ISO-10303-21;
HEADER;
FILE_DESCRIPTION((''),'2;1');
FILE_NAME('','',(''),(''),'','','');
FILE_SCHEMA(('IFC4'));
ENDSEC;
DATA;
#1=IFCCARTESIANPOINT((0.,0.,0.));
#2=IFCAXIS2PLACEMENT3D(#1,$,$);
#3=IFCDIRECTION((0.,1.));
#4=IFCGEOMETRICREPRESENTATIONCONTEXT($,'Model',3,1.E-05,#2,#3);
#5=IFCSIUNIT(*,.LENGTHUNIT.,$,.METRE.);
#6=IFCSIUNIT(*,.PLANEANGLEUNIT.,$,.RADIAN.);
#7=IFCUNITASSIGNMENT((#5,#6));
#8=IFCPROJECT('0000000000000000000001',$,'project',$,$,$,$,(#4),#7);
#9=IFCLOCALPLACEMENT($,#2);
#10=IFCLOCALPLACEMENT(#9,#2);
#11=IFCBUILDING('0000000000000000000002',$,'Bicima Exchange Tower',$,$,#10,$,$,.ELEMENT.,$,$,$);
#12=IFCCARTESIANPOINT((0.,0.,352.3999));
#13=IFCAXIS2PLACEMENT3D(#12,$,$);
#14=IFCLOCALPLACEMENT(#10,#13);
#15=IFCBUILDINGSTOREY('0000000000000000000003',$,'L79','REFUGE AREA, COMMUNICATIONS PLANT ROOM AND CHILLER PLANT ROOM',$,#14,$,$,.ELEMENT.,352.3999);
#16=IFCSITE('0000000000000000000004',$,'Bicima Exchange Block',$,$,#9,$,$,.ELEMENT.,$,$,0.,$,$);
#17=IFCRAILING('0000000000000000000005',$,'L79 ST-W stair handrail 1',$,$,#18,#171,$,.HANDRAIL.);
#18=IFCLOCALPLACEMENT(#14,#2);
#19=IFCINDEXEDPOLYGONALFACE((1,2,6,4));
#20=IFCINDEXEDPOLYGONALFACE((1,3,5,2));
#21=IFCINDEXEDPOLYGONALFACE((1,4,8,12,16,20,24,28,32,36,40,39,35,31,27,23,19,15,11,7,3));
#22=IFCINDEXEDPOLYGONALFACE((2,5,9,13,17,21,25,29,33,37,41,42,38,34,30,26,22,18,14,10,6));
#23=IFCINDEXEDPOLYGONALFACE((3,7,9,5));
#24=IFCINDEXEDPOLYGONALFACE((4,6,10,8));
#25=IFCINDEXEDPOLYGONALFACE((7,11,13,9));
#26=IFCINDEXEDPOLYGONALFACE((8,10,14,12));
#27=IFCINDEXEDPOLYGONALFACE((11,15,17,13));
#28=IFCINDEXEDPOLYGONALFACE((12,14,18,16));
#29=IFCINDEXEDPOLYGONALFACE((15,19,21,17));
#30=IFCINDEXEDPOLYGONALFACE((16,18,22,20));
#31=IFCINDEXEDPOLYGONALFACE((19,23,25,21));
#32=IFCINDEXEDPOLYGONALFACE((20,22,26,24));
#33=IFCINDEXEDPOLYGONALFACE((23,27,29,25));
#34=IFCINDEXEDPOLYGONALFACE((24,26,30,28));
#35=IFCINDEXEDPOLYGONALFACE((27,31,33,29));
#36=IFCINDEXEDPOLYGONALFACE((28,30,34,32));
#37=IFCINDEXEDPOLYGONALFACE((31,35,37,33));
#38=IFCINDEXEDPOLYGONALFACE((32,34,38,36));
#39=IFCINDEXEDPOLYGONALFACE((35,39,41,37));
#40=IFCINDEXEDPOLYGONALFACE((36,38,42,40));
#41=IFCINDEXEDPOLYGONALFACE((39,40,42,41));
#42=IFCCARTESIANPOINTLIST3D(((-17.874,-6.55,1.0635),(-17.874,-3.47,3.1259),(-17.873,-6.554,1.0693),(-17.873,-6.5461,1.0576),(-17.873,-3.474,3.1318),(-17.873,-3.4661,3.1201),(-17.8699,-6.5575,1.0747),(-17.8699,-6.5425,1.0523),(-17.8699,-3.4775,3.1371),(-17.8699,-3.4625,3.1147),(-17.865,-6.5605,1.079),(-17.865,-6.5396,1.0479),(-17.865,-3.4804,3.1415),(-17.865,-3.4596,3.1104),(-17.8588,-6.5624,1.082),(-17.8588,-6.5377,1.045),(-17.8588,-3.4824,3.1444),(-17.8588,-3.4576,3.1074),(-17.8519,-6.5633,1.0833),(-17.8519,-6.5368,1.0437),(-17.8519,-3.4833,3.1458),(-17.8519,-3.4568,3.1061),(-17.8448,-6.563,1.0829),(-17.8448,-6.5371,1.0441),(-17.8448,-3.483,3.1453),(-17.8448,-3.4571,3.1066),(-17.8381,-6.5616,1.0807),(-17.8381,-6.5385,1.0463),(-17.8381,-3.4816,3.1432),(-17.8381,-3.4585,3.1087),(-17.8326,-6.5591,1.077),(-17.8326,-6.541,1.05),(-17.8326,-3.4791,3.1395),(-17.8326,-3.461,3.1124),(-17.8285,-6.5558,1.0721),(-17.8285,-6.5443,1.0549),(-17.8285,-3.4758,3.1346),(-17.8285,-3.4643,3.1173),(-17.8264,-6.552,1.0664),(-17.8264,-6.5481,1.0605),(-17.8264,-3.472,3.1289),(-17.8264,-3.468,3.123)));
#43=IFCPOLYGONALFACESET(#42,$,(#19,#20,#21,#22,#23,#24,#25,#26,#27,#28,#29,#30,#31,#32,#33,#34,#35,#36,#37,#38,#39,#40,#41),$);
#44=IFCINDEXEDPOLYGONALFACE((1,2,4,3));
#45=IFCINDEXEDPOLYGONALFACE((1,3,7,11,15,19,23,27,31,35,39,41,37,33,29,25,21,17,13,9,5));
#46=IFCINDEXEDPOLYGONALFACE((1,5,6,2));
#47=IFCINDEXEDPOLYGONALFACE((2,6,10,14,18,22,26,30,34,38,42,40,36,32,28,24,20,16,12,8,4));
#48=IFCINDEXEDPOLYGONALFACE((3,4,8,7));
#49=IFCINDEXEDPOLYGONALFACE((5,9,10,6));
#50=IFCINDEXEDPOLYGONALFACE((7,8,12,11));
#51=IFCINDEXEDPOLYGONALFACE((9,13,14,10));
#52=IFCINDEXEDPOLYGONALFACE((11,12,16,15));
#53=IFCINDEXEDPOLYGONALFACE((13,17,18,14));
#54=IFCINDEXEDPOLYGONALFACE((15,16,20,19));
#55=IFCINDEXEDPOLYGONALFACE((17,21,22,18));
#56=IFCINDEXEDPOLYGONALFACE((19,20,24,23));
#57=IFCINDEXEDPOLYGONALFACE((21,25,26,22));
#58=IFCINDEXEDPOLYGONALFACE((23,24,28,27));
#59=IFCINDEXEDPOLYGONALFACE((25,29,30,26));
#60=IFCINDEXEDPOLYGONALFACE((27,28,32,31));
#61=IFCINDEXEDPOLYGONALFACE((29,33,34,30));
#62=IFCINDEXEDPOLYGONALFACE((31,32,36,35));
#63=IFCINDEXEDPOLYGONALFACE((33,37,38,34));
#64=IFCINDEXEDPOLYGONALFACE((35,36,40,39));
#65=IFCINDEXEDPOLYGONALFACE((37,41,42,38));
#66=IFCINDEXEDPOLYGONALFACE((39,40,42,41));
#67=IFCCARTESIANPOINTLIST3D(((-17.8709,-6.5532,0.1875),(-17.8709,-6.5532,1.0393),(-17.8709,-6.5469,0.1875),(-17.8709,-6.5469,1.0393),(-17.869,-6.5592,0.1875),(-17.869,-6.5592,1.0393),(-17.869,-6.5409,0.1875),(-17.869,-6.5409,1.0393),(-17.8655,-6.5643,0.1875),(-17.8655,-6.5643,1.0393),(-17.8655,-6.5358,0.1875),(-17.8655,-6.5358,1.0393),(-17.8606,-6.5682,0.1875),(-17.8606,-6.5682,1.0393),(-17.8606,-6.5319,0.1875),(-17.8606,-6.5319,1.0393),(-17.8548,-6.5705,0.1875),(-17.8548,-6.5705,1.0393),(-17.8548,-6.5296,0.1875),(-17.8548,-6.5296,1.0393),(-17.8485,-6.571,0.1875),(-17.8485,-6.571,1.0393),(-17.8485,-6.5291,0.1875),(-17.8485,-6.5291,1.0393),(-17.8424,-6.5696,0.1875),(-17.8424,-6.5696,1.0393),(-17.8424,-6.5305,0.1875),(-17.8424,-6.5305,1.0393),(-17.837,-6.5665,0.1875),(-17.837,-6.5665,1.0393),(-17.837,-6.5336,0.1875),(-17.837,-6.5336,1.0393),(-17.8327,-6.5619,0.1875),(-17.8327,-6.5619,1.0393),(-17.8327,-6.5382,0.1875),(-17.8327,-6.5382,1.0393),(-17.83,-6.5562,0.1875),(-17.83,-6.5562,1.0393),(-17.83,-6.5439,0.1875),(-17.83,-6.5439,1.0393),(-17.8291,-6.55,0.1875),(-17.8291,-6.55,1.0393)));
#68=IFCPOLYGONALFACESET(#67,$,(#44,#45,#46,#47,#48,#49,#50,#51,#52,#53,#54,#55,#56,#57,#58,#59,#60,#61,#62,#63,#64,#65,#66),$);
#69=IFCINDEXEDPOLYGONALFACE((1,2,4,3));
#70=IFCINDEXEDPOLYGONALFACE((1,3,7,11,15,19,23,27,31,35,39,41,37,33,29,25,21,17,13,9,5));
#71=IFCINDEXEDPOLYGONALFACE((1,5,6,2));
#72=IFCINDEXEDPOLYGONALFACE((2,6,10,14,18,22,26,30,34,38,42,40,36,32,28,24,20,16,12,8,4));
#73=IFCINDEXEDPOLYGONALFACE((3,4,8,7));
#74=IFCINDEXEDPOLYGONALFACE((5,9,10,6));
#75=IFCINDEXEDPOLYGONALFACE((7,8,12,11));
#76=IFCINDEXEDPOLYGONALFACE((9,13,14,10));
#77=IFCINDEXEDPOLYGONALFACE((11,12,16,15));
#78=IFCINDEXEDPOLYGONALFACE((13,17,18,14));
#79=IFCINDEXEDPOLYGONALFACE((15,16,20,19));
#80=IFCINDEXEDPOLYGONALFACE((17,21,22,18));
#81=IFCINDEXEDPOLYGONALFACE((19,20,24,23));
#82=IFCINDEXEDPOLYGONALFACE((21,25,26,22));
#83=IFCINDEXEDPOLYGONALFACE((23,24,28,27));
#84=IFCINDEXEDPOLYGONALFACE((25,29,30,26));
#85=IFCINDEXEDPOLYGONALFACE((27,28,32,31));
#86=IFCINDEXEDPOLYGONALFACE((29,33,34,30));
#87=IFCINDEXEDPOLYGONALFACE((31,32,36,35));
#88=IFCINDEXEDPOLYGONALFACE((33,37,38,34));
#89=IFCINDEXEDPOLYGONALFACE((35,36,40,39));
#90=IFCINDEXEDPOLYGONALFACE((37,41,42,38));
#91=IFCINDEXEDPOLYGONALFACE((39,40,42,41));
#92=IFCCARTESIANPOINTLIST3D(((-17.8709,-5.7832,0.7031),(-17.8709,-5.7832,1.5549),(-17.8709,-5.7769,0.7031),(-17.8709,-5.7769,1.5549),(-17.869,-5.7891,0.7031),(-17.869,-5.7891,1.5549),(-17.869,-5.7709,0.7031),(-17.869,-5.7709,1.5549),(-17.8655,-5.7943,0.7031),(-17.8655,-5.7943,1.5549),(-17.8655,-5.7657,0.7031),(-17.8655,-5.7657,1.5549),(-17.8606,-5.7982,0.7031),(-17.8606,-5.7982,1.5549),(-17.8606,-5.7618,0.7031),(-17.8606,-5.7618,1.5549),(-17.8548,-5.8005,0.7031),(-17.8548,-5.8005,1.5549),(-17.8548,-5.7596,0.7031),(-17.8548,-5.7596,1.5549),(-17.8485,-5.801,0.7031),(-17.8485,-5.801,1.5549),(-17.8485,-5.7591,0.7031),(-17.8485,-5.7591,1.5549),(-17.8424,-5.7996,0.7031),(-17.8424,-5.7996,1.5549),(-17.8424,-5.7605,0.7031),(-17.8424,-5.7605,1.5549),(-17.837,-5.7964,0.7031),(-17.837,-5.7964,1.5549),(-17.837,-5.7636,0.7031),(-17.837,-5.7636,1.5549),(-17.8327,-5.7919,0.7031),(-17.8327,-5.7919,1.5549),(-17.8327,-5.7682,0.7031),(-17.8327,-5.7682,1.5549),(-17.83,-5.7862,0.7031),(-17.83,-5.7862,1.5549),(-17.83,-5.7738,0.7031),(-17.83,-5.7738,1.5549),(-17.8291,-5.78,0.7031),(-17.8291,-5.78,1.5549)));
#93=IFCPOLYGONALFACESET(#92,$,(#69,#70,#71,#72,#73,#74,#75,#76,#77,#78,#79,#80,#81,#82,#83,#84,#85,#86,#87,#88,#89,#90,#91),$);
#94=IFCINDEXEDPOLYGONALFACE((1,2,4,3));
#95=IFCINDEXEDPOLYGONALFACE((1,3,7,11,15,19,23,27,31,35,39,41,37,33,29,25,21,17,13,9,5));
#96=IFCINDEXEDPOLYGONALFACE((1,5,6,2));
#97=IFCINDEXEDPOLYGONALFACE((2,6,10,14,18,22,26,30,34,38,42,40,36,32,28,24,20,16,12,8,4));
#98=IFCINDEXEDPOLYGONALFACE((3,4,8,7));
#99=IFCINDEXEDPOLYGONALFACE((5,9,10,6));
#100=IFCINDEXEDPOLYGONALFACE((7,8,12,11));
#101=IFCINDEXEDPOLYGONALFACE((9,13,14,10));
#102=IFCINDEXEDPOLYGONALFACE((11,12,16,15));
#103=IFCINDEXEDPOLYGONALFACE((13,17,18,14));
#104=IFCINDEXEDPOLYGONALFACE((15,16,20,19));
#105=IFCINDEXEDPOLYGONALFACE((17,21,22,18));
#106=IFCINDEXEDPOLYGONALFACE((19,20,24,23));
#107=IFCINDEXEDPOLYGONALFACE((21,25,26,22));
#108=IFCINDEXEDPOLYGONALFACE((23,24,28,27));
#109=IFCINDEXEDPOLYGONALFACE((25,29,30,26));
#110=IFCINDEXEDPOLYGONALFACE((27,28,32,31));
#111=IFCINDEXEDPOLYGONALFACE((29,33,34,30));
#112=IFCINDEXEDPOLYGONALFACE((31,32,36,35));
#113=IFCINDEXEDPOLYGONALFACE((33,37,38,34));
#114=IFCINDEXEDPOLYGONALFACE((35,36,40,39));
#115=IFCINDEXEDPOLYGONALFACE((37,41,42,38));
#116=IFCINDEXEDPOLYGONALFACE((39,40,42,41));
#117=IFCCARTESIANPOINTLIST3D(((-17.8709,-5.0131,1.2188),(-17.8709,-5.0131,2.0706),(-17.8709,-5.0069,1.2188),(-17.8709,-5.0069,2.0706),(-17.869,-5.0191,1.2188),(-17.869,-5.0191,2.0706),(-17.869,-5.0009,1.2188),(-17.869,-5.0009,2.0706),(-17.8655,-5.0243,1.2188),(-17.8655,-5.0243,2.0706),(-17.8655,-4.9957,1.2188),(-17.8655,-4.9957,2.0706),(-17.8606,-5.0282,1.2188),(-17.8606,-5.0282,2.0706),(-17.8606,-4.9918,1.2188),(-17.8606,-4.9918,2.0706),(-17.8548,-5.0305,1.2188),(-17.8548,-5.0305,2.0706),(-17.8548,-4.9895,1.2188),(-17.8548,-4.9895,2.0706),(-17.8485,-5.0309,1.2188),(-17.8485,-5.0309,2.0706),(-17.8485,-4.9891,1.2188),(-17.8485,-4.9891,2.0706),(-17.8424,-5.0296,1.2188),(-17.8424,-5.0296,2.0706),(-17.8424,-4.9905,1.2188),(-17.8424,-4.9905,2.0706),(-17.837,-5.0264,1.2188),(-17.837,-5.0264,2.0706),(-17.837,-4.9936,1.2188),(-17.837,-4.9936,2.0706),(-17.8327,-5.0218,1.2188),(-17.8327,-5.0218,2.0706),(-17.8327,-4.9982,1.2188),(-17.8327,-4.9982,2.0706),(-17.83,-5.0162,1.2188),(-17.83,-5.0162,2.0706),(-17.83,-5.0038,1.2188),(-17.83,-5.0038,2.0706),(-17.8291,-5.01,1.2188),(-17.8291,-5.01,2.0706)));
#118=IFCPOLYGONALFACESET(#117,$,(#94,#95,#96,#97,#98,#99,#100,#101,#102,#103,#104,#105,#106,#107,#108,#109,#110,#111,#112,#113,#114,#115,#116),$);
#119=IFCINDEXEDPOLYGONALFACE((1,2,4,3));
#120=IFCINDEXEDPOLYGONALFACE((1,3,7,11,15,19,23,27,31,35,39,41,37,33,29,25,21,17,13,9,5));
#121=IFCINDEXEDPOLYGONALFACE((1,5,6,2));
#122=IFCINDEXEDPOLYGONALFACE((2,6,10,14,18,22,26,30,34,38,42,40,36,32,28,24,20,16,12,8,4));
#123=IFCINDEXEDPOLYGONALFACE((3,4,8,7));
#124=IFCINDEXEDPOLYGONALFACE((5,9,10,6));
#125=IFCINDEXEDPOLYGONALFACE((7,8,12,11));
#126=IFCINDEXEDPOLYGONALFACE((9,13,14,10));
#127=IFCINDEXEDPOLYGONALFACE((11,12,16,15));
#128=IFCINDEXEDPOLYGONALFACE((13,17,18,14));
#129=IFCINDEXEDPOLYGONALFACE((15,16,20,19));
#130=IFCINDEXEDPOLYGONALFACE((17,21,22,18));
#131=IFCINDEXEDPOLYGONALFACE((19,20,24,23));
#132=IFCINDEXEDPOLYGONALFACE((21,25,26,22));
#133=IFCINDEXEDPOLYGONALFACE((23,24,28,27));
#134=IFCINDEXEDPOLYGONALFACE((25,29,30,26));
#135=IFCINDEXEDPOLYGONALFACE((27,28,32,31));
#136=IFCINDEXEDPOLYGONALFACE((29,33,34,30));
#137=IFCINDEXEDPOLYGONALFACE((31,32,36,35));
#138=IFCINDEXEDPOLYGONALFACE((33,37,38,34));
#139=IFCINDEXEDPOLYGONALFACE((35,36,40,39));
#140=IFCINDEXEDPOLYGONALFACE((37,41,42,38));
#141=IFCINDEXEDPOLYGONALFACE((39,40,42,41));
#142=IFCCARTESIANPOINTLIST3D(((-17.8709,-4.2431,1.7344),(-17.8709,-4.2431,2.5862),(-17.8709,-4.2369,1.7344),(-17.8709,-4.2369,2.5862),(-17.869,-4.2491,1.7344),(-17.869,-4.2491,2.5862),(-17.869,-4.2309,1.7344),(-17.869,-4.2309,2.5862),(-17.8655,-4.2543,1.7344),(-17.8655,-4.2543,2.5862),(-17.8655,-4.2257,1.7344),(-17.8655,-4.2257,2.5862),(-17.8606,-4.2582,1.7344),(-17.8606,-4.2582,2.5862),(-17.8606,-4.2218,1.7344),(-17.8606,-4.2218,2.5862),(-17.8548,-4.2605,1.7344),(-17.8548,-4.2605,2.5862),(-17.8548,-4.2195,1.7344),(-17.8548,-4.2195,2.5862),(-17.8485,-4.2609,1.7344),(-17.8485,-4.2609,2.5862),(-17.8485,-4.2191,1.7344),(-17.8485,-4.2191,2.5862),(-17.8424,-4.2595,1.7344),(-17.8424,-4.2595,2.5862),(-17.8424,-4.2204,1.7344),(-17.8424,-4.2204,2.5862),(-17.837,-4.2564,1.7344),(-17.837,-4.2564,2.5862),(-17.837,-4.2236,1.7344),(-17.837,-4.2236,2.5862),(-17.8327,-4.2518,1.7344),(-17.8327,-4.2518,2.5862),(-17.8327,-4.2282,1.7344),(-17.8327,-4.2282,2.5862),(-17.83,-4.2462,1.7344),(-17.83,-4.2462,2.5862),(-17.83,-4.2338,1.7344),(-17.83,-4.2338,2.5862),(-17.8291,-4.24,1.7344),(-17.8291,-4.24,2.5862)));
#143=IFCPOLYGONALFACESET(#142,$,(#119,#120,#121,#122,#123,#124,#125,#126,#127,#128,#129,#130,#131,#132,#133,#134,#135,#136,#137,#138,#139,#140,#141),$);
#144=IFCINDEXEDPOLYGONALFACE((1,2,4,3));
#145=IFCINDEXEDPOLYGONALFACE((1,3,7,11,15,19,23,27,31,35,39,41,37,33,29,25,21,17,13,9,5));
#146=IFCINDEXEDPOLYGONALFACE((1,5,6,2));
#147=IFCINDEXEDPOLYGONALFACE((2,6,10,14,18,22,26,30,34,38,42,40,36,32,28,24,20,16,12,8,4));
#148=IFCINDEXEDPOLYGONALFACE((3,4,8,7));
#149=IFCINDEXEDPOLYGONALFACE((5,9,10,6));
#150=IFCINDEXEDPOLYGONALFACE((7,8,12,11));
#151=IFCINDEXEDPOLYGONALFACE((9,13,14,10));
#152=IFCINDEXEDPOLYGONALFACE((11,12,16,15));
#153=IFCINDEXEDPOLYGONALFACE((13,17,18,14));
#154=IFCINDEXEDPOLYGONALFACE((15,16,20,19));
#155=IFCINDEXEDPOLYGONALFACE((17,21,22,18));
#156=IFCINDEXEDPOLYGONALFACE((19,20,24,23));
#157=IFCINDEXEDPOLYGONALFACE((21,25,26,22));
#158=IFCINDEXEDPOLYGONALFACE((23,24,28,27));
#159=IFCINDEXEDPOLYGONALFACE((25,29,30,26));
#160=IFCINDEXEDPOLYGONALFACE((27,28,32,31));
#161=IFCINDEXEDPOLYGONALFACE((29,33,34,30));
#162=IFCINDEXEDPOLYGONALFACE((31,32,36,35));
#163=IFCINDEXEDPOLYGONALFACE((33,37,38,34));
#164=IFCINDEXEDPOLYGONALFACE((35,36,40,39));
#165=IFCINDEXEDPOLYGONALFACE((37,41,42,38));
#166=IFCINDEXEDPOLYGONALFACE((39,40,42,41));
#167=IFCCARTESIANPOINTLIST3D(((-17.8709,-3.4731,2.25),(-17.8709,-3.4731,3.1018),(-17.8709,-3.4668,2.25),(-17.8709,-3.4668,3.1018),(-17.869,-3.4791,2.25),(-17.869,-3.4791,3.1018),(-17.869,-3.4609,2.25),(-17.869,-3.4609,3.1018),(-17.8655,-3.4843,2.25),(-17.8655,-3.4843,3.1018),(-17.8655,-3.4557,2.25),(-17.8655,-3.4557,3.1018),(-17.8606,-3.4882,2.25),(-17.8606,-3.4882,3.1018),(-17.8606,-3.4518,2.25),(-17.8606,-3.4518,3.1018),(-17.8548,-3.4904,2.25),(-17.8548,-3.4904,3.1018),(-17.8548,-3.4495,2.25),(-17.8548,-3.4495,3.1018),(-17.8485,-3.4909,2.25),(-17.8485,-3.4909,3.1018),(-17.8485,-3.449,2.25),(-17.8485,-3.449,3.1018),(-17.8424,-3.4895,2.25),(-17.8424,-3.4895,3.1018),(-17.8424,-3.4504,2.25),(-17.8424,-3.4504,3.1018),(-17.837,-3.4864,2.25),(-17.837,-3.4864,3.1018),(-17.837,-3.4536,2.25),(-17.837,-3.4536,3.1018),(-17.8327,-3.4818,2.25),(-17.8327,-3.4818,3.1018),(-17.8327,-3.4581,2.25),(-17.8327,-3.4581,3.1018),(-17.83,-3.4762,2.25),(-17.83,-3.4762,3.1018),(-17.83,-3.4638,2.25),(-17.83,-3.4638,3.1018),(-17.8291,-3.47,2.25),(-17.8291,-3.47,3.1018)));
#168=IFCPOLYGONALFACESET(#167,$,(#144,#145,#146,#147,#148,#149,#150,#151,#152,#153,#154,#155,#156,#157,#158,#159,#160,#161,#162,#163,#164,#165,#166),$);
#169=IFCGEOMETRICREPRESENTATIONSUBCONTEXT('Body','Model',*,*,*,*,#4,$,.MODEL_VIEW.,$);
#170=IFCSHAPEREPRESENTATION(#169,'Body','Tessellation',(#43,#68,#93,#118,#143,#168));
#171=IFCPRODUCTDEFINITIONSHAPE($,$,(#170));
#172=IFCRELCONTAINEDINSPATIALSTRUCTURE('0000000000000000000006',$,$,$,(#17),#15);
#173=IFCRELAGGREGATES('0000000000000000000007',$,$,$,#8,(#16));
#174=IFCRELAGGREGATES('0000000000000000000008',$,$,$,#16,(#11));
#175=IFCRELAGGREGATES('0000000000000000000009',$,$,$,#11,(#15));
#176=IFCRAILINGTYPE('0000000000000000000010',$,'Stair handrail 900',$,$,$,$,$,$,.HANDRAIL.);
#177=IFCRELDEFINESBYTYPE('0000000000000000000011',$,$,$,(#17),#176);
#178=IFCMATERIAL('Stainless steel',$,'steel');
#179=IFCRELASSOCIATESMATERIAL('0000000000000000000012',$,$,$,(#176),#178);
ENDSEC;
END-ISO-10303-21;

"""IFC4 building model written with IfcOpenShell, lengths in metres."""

from ifc_helpers import new_model, si_unit, direction, frame, origin, origin_2d, place, context, subcontext, project, spatial, circle, extrude, material, type_object, element, save


model = new_model("IFC4")

# Units and contexts
model_context = context("Model", 3, precision=1e-05, world=origin(), true_north=direction((0.0, 1.0)))
body_context = subcontext(model_context, "Body", "Model", "MODEL_VIEW")
ifc_project = project(units=[si_unit("LENGTHUNIT", "METRE"), si_unit("PLANEANGLEUNIT", "RADIAN")], contexts=[model_context])

# Site, building, storey
site_placement = place(None, origin())
site = spatial("IfcSite", under=ifc_project, at=site_placement, Name="Bicima Exchange Block", CompositionType="ELEMENT", RefElevation=0.0)
building_placement = place(site_placement, origin())
building = spatial("IfcBuilding", under=site, at=building_placement, Name="Bicima Exchange Tower", CompositionType="ELEMENT")
storey_placement = place(building_placement, frame((0.0, 0.0, 352.3999)))
storey = spatial("IfcBuildingStorey", under=building, at=storey_placement, Name="L79", Description="REFUGE AREA, COMMUNICATIONS PLANT ROOM AND CHILLER PLANT ROOM", CompositionType="ELEMENT", Elevation=352.3999)

# Shared definitions
ifc_material_1 = material(Name="Stainless steel", Category="steel")

# Railing
railing_type_1 = type_object("IfcRailingType", Name="Stair handrail 900", PredefinedType="HANDRAIL", material=ifc_material_1)
railing_1_placement = place(storey_placement, frame((-17.8501, -6.55, 0.1875)))
element("IfcRailing", 1, at=railing_1_placement, inside=storey, type_object=railing_type_1, Name="L79 ST-W stair handrail 1", PredefinedType="HANDRAIL", context=body_context, shape_type="SweptSolid", body=[
    extrude(circle(Radius=0.0239, at=origin_2d()), frame((0.0, 0.0, 0.876), z_axis=(0.0, 0.830914, 0.556401), x_axis=(-1.0, 0.0, 0.0)), (0.0, 0.0, 1.0), 3.7068),
    extrude(circle(Radius=0.021, at=origin_2d()), origin(), (0.0, 0.0, 1.0), 0.8518),
    extrude(circle(Radius=0.021, at=origin_2d()), frame((0.0, 0.77, 0.5156)), (0.0, 0.0, 1.0), 0.8518),
    extrude(circle(Radius=0.021, at=origin_2d()), frame((0.0, 1.54, 1.0312)), (0.0, 0.0, 1.0), 0.8518),
    extrude(circle(Radius=0.021, at=origin_2d()), frame((0.0, 2.3101, 1.5469)), (0.0, 0.0, 1.0), 0.8518),
    extrude(circle(Radius=0.021, at=origin_2d()), frame((0.0, 3.0801, 2.0625)), (0.0, 0.0, 1.0), 0.8518),
])

save(model, "model.ifc")
